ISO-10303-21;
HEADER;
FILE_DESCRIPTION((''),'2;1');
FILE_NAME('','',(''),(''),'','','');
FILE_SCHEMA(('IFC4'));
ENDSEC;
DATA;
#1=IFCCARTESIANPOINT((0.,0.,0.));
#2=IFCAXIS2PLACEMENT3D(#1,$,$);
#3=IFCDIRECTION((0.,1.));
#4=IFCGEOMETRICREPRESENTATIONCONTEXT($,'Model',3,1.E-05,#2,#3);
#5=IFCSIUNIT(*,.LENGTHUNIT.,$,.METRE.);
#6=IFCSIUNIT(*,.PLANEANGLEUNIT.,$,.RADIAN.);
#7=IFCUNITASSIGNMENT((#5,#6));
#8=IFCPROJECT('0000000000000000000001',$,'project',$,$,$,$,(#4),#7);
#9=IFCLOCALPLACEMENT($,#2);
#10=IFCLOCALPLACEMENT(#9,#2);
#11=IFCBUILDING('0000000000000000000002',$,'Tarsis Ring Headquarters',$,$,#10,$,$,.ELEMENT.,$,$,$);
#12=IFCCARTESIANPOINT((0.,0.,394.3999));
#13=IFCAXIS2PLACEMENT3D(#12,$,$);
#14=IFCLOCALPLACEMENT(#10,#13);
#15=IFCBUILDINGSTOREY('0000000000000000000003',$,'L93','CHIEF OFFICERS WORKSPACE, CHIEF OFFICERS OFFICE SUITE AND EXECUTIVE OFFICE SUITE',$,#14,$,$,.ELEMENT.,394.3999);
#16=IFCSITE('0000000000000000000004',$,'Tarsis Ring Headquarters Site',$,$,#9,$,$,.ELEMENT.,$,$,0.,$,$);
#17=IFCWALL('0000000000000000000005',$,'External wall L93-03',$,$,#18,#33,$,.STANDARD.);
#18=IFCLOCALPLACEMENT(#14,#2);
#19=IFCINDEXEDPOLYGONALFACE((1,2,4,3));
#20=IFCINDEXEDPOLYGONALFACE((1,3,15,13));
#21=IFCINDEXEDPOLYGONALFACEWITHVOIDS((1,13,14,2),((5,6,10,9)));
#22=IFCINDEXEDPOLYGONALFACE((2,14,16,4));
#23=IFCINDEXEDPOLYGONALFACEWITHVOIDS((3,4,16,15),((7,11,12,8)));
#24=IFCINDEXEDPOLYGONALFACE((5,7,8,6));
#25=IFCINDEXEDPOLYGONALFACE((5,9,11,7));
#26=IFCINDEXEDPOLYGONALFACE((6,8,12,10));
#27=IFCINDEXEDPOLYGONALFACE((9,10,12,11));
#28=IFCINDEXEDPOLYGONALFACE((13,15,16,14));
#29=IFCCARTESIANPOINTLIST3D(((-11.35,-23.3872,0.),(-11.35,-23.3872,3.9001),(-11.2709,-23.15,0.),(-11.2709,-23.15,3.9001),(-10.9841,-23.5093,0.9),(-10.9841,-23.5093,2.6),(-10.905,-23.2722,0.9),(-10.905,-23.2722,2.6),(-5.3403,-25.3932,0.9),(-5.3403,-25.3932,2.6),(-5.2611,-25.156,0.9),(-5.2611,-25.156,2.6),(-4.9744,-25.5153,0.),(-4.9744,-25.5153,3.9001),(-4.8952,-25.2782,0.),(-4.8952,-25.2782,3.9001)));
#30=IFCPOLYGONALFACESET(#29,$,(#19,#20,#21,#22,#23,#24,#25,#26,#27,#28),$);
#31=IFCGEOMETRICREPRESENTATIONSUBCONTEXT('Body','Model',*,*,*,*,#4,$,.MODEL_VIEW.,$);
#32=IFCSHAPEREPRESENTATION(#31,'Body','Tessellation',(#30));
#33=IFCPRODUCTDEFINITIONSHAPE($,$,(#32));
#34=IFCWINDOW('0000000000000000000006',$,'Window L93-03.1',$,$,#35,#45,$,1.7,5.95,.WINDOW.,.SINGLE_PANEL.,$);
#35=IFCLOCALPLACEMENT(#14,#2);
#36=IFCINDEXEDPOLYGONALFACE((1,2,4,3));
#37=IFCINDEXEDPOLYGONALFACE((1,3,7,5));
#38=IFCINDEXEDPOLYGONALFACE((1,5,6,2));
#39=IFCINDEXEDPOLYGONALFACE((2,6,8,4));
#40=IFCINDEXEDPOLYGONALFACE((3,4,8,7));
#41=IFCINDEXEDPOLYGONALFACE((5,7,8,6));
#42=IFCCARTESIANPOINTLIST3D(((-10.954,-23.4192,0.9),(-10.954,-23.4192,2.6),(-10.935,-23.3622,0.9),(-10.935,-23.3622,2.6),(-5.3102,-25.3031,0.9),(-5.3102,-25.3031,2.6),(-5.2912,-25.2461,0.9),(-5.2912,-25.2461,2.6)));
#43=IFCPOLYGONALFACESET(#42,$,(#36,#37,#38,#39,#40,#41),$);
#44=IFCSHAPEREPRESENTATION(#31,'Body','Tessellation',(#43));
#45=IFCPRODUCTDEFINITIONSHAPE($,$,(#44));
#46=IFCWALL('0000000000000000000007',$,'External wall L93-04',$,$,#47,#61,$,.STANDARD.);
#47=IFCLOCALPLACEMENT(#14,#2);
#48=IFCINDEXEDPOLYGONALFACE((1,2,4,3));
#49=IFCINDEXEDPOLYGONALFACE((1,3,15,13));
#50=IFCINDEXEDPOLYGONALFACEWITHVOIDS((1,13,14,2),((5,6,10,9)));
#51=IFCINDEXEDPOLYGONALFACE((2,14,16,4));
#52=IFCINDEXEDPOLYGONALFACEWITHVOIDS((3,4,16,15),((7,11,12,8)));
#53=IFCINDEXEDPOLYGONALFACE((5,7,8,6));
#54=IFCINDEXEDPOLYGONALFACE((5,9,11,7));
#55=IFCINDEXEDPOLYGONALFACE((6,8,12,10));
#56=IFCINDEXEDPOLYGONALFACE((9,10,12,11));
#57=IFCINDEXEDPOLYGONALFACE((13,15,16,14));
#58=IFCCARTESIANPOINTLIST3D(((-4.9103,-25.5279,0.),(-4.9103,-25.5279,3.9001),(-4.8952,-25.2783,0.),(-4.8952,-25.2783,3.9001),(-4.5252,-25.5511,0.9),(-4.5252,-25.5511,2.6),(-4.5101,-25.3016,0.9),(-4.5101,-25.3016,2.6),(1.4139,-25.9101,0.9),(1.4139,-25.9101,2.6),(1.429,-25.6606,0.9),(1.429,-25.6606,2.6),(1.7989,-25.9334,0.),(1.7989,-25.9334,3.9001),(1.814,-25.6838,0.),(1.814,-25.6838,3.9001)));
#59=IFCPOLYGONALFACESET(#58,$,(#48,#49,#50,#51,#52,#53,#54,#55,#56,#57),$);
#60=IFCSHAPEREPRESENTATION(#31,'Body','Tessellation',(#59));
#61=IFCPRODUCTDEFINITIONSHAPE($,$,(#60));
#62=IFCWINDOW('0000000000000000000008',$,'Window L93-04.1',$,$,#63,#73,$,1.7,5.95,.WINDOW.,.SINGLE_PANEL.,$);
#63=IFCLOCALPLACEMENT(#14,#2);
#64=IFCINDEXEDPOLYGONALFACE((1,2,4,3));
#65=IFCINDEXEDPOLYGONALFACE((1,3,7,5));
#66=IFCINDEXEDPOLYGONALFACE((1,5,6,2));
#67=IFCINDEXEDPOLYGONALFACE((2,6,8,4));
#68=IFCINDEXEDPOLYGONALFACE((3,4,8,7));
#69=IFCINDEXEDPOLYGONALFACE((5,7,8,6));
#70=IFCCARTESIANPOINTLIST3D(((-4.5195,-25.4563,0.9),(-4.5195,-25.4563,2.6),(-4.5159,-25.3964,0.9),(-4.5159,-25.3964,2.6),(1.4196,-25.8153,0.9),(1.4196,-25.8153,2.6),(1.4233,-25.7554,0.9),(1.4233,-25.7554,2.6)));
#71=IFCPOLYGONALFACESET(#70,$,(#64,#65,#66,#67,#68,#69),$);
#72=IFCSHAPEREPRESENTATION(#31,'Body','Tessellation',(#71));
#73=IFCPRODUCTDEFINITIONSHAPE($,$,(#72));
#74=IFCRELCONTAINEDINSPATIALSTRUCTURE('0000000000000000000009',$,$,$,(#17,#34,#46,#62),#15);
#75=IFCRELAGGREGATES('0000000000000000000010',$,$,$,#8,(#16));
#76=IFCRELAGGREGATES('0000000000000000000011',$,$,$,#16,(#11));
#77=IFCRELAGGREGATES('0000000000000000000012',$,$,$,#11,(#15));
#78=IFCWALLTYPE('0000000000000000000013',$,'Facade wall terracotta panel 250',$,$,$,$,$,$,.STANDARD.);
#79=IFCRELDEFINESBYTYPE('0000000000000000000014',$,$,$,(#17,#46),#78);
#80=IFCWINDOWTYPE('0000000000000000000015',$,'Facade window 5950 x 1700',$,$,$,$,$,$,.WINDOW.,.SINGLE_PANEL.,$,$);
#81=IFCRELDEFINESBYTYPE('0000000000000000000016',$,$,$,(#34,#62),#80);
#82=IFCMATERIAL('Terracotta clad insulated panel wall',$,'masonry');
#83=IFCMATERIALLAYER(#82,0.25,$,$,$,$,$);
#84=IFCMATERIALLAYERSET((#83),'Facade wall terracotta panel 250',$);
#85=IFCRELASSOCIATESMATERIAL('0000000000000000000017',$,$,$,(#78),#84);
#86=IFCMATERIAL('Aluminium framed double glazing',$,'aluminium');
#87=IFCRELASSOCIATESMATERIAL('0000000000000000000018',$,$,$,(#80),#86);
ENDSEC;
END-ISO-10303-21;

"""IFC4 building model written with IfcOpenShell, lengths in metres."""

from ifc_helpers import new_model, si_unit, direction, frame, frame_2d, origin, place, context, subcontext, project, spatial, rectangle, extrude, material, layer, layer_set, type_object, element, fill, save


model = new_model("IFC4")

# Units and contexts
model_context = context("Model", 3, precision=1e-05, world=origin(), true_north=direction((0.0, 1.0)))
body_context = subcontext(model_context, "Body", "Model", "MODEL_VIEW")
ifc_project = project(units=[si_unit("LENGTHUNIT", "METRE"), si_unit("PLANEANGLEUNIT", "RADIAN")], contexts=[model_context])

# Site, building, storey
site_placement = place(None, origin())
site = spatial("IfcSite", under=ifc_project, at=site_placement, Name="Tarsis Ring Headquarters Site", CompositionType="ELEMENT", RefElevation=0.0)
building_placement = place(site_placement, origin())
building = spatial("IfcBuilding", under=site, at=building_placement, Name="Tarsis Ring Headquarters", CompositionType="ELEMENT")
storey_placement = place(building_placement, frame((0.0, 0.0, 394.3999)))
storey = spatial("IfcBuildingStorey", under=building, at=storey_placement, Name="L93", Description="CHIEF OFFICERS WORKSPACE, CHIEF OFFICERS OFFICE SUITE AND EXECUTIVE OFFICE SUITE", CompositionType="ELEMENT", Elevation=394.3999)

# Walls, openings, windows
ifc_material_1 = material(Name="Terracotta clad insulated panel wall", Category="masonry")
ifc_layer_1 = layer(ifc_material_1, 0.25)
ifc_layer_set_1 = layer_set([ifc_layer_1], Name="Facade wall terracotta panel 250")
wall_type_1 = type_object("IfcWallType", Name="Facade wall terracotta panel 250", PredefinedType="STANDARD", material=ifc_layer_set_1)
ifc_material_2 = material(Name="Aluminium framed double glazing", Category="aluminium")
wall_1_placement = place(storey_placement, frame((-11.3105, -23.2686, 0.0), z_axis=(0.0, 0.0, 1.0), x_axis=(0.948552, -0.31662, 0.0)))
wall_1 = element("IfcWall", 1, at=wall_1_placement, inside=storey, type_object=wall_type_1, Name="External wall L93-03", PredefinedType="STANDARD", context=body_context, shape_type="SweptSolid", body=[
    extrude(rectangle(XDim=6.7214, YDim=0.25, at=frame_2d((3.3608, 0.0))), origin(), (0.0, 0.0, 1.0), 3.9001),
])
opening_1_placement = place(wall_1_placement, frame((0.3857, 0.0, 0.8999)))
opening_1 = element("IfcOpeningElement", 2, at=opening_1_placement, cuts=wall_1, PredefinedType="OPENING", context=body_context, shape_type="SweptSolid", body=[
    extrude(rectangle(XDim=5.95, YDim=1.7, at=frame_2d((2.9751, 0.8501))), frame((0.0, 0.135, 0.0), z_axis=(0.0, -1.0, 0.0), x_axis=(1.0, 0.0, 0.0)), (0.0, 0.0, 1.0), 0.27),
])
window_type_1 = type_object("IfcWindowType", Name="Facade window 5950 x 1700", PartitioningType="SINGLE_PANEL", PredefinedType="WINDOW", material=ifc_material_2)
window_1_placement = place(opening_1_placement, origin())
window_1 = element("IfcWindow", 3, at=window_1_placement, inside=storey, type_object=window_type_1, Name="Window L93-03.1", OverallHeight=1.7, OverallWidth=5.95, PartitioningType="SINGLE_PANEL", PredefinedType="WINDOW", context=body_context, shape_type="SweptSolid", body=[
    extrude(rectangle(XDim=5.95, YDim=1.7, at=frame_2d((2.9751, 0.8501))), frame((0.0, 0.03, 0.0), z_axis=(0.0, -1.0, 0.0), x_axis=(1.0, 0.0, 0.0)), (0.0, 0.0, 1.0), 0.0601),
])
fill(opening_1, window_1)
wall_2_placement = place(storey_placement, frame((-4.9028, -25.4031, 0.0), z_axis=(0.0, 0.0, 1.0), x_axis=(0.998178, -0.060332, 0.0)))
wall_2 = element("IfcWall", 4, at=wall_2_placement, inside=storey, type_object=wall_type_1, Name="External wall L93-04", PredefinedType="STANDARD", context=body_context, shape_type="SweptSolid", body=[
    extrude(rectangle(XDim=6.7214, YDim=0.25, at=frame_2d((3.3608, 0.0))), origin(), (0.0, 0.0, 1.0), 3.9001),
])
opening_2_placement = place(wall_2_placement, frame((0.3857, 0.0, 0.8999)))
opening_2 = element("IfcOpeningElement", 5, at=opening_2_placement, cuts=wall_2, PredefinedType="OPENING", context=body_context, shape_type="SweptSolid", body=[
    extrude(rectangle(XDim=5.95, YDim=1.7, at=frame_2d((2.9751, 0.8501))), frame((0.0, 0.135, 0.0), z_axis=(0.0, -1.0, 0.0), x_axis=(1.0, 0.0, 0.0)), (0.0, 0.0, 1.0), 0.27),
])
window_2_placement = place(opening_2_placement, origin())
window_2 = element("IfcWindow", 6, at=window_2_placement, inside=storey, type_object=window_type_1, Name="Window L93-04.1", OverallHeight=1.7, OverallWidth=5.95, PartitioningType="SINGLE_PANEL", PredefinedType="WINDOW", context=body_context, shape_type="SweptSolid", body=[
    extrude(rectangle(XDim=5.95, YDim=1.7, at=frame_2d((2.9751, 0.8501))), frame((0.0, 0.03, 0.0), z_axis=(0.0, -1.0, 0.0), x_axis=(1.0, 0.0, 0.0)), (0.0, 0.0, 1.0), 0.0601),
])
fill(opening_2, window_2)

save(model, "model.ifc")
